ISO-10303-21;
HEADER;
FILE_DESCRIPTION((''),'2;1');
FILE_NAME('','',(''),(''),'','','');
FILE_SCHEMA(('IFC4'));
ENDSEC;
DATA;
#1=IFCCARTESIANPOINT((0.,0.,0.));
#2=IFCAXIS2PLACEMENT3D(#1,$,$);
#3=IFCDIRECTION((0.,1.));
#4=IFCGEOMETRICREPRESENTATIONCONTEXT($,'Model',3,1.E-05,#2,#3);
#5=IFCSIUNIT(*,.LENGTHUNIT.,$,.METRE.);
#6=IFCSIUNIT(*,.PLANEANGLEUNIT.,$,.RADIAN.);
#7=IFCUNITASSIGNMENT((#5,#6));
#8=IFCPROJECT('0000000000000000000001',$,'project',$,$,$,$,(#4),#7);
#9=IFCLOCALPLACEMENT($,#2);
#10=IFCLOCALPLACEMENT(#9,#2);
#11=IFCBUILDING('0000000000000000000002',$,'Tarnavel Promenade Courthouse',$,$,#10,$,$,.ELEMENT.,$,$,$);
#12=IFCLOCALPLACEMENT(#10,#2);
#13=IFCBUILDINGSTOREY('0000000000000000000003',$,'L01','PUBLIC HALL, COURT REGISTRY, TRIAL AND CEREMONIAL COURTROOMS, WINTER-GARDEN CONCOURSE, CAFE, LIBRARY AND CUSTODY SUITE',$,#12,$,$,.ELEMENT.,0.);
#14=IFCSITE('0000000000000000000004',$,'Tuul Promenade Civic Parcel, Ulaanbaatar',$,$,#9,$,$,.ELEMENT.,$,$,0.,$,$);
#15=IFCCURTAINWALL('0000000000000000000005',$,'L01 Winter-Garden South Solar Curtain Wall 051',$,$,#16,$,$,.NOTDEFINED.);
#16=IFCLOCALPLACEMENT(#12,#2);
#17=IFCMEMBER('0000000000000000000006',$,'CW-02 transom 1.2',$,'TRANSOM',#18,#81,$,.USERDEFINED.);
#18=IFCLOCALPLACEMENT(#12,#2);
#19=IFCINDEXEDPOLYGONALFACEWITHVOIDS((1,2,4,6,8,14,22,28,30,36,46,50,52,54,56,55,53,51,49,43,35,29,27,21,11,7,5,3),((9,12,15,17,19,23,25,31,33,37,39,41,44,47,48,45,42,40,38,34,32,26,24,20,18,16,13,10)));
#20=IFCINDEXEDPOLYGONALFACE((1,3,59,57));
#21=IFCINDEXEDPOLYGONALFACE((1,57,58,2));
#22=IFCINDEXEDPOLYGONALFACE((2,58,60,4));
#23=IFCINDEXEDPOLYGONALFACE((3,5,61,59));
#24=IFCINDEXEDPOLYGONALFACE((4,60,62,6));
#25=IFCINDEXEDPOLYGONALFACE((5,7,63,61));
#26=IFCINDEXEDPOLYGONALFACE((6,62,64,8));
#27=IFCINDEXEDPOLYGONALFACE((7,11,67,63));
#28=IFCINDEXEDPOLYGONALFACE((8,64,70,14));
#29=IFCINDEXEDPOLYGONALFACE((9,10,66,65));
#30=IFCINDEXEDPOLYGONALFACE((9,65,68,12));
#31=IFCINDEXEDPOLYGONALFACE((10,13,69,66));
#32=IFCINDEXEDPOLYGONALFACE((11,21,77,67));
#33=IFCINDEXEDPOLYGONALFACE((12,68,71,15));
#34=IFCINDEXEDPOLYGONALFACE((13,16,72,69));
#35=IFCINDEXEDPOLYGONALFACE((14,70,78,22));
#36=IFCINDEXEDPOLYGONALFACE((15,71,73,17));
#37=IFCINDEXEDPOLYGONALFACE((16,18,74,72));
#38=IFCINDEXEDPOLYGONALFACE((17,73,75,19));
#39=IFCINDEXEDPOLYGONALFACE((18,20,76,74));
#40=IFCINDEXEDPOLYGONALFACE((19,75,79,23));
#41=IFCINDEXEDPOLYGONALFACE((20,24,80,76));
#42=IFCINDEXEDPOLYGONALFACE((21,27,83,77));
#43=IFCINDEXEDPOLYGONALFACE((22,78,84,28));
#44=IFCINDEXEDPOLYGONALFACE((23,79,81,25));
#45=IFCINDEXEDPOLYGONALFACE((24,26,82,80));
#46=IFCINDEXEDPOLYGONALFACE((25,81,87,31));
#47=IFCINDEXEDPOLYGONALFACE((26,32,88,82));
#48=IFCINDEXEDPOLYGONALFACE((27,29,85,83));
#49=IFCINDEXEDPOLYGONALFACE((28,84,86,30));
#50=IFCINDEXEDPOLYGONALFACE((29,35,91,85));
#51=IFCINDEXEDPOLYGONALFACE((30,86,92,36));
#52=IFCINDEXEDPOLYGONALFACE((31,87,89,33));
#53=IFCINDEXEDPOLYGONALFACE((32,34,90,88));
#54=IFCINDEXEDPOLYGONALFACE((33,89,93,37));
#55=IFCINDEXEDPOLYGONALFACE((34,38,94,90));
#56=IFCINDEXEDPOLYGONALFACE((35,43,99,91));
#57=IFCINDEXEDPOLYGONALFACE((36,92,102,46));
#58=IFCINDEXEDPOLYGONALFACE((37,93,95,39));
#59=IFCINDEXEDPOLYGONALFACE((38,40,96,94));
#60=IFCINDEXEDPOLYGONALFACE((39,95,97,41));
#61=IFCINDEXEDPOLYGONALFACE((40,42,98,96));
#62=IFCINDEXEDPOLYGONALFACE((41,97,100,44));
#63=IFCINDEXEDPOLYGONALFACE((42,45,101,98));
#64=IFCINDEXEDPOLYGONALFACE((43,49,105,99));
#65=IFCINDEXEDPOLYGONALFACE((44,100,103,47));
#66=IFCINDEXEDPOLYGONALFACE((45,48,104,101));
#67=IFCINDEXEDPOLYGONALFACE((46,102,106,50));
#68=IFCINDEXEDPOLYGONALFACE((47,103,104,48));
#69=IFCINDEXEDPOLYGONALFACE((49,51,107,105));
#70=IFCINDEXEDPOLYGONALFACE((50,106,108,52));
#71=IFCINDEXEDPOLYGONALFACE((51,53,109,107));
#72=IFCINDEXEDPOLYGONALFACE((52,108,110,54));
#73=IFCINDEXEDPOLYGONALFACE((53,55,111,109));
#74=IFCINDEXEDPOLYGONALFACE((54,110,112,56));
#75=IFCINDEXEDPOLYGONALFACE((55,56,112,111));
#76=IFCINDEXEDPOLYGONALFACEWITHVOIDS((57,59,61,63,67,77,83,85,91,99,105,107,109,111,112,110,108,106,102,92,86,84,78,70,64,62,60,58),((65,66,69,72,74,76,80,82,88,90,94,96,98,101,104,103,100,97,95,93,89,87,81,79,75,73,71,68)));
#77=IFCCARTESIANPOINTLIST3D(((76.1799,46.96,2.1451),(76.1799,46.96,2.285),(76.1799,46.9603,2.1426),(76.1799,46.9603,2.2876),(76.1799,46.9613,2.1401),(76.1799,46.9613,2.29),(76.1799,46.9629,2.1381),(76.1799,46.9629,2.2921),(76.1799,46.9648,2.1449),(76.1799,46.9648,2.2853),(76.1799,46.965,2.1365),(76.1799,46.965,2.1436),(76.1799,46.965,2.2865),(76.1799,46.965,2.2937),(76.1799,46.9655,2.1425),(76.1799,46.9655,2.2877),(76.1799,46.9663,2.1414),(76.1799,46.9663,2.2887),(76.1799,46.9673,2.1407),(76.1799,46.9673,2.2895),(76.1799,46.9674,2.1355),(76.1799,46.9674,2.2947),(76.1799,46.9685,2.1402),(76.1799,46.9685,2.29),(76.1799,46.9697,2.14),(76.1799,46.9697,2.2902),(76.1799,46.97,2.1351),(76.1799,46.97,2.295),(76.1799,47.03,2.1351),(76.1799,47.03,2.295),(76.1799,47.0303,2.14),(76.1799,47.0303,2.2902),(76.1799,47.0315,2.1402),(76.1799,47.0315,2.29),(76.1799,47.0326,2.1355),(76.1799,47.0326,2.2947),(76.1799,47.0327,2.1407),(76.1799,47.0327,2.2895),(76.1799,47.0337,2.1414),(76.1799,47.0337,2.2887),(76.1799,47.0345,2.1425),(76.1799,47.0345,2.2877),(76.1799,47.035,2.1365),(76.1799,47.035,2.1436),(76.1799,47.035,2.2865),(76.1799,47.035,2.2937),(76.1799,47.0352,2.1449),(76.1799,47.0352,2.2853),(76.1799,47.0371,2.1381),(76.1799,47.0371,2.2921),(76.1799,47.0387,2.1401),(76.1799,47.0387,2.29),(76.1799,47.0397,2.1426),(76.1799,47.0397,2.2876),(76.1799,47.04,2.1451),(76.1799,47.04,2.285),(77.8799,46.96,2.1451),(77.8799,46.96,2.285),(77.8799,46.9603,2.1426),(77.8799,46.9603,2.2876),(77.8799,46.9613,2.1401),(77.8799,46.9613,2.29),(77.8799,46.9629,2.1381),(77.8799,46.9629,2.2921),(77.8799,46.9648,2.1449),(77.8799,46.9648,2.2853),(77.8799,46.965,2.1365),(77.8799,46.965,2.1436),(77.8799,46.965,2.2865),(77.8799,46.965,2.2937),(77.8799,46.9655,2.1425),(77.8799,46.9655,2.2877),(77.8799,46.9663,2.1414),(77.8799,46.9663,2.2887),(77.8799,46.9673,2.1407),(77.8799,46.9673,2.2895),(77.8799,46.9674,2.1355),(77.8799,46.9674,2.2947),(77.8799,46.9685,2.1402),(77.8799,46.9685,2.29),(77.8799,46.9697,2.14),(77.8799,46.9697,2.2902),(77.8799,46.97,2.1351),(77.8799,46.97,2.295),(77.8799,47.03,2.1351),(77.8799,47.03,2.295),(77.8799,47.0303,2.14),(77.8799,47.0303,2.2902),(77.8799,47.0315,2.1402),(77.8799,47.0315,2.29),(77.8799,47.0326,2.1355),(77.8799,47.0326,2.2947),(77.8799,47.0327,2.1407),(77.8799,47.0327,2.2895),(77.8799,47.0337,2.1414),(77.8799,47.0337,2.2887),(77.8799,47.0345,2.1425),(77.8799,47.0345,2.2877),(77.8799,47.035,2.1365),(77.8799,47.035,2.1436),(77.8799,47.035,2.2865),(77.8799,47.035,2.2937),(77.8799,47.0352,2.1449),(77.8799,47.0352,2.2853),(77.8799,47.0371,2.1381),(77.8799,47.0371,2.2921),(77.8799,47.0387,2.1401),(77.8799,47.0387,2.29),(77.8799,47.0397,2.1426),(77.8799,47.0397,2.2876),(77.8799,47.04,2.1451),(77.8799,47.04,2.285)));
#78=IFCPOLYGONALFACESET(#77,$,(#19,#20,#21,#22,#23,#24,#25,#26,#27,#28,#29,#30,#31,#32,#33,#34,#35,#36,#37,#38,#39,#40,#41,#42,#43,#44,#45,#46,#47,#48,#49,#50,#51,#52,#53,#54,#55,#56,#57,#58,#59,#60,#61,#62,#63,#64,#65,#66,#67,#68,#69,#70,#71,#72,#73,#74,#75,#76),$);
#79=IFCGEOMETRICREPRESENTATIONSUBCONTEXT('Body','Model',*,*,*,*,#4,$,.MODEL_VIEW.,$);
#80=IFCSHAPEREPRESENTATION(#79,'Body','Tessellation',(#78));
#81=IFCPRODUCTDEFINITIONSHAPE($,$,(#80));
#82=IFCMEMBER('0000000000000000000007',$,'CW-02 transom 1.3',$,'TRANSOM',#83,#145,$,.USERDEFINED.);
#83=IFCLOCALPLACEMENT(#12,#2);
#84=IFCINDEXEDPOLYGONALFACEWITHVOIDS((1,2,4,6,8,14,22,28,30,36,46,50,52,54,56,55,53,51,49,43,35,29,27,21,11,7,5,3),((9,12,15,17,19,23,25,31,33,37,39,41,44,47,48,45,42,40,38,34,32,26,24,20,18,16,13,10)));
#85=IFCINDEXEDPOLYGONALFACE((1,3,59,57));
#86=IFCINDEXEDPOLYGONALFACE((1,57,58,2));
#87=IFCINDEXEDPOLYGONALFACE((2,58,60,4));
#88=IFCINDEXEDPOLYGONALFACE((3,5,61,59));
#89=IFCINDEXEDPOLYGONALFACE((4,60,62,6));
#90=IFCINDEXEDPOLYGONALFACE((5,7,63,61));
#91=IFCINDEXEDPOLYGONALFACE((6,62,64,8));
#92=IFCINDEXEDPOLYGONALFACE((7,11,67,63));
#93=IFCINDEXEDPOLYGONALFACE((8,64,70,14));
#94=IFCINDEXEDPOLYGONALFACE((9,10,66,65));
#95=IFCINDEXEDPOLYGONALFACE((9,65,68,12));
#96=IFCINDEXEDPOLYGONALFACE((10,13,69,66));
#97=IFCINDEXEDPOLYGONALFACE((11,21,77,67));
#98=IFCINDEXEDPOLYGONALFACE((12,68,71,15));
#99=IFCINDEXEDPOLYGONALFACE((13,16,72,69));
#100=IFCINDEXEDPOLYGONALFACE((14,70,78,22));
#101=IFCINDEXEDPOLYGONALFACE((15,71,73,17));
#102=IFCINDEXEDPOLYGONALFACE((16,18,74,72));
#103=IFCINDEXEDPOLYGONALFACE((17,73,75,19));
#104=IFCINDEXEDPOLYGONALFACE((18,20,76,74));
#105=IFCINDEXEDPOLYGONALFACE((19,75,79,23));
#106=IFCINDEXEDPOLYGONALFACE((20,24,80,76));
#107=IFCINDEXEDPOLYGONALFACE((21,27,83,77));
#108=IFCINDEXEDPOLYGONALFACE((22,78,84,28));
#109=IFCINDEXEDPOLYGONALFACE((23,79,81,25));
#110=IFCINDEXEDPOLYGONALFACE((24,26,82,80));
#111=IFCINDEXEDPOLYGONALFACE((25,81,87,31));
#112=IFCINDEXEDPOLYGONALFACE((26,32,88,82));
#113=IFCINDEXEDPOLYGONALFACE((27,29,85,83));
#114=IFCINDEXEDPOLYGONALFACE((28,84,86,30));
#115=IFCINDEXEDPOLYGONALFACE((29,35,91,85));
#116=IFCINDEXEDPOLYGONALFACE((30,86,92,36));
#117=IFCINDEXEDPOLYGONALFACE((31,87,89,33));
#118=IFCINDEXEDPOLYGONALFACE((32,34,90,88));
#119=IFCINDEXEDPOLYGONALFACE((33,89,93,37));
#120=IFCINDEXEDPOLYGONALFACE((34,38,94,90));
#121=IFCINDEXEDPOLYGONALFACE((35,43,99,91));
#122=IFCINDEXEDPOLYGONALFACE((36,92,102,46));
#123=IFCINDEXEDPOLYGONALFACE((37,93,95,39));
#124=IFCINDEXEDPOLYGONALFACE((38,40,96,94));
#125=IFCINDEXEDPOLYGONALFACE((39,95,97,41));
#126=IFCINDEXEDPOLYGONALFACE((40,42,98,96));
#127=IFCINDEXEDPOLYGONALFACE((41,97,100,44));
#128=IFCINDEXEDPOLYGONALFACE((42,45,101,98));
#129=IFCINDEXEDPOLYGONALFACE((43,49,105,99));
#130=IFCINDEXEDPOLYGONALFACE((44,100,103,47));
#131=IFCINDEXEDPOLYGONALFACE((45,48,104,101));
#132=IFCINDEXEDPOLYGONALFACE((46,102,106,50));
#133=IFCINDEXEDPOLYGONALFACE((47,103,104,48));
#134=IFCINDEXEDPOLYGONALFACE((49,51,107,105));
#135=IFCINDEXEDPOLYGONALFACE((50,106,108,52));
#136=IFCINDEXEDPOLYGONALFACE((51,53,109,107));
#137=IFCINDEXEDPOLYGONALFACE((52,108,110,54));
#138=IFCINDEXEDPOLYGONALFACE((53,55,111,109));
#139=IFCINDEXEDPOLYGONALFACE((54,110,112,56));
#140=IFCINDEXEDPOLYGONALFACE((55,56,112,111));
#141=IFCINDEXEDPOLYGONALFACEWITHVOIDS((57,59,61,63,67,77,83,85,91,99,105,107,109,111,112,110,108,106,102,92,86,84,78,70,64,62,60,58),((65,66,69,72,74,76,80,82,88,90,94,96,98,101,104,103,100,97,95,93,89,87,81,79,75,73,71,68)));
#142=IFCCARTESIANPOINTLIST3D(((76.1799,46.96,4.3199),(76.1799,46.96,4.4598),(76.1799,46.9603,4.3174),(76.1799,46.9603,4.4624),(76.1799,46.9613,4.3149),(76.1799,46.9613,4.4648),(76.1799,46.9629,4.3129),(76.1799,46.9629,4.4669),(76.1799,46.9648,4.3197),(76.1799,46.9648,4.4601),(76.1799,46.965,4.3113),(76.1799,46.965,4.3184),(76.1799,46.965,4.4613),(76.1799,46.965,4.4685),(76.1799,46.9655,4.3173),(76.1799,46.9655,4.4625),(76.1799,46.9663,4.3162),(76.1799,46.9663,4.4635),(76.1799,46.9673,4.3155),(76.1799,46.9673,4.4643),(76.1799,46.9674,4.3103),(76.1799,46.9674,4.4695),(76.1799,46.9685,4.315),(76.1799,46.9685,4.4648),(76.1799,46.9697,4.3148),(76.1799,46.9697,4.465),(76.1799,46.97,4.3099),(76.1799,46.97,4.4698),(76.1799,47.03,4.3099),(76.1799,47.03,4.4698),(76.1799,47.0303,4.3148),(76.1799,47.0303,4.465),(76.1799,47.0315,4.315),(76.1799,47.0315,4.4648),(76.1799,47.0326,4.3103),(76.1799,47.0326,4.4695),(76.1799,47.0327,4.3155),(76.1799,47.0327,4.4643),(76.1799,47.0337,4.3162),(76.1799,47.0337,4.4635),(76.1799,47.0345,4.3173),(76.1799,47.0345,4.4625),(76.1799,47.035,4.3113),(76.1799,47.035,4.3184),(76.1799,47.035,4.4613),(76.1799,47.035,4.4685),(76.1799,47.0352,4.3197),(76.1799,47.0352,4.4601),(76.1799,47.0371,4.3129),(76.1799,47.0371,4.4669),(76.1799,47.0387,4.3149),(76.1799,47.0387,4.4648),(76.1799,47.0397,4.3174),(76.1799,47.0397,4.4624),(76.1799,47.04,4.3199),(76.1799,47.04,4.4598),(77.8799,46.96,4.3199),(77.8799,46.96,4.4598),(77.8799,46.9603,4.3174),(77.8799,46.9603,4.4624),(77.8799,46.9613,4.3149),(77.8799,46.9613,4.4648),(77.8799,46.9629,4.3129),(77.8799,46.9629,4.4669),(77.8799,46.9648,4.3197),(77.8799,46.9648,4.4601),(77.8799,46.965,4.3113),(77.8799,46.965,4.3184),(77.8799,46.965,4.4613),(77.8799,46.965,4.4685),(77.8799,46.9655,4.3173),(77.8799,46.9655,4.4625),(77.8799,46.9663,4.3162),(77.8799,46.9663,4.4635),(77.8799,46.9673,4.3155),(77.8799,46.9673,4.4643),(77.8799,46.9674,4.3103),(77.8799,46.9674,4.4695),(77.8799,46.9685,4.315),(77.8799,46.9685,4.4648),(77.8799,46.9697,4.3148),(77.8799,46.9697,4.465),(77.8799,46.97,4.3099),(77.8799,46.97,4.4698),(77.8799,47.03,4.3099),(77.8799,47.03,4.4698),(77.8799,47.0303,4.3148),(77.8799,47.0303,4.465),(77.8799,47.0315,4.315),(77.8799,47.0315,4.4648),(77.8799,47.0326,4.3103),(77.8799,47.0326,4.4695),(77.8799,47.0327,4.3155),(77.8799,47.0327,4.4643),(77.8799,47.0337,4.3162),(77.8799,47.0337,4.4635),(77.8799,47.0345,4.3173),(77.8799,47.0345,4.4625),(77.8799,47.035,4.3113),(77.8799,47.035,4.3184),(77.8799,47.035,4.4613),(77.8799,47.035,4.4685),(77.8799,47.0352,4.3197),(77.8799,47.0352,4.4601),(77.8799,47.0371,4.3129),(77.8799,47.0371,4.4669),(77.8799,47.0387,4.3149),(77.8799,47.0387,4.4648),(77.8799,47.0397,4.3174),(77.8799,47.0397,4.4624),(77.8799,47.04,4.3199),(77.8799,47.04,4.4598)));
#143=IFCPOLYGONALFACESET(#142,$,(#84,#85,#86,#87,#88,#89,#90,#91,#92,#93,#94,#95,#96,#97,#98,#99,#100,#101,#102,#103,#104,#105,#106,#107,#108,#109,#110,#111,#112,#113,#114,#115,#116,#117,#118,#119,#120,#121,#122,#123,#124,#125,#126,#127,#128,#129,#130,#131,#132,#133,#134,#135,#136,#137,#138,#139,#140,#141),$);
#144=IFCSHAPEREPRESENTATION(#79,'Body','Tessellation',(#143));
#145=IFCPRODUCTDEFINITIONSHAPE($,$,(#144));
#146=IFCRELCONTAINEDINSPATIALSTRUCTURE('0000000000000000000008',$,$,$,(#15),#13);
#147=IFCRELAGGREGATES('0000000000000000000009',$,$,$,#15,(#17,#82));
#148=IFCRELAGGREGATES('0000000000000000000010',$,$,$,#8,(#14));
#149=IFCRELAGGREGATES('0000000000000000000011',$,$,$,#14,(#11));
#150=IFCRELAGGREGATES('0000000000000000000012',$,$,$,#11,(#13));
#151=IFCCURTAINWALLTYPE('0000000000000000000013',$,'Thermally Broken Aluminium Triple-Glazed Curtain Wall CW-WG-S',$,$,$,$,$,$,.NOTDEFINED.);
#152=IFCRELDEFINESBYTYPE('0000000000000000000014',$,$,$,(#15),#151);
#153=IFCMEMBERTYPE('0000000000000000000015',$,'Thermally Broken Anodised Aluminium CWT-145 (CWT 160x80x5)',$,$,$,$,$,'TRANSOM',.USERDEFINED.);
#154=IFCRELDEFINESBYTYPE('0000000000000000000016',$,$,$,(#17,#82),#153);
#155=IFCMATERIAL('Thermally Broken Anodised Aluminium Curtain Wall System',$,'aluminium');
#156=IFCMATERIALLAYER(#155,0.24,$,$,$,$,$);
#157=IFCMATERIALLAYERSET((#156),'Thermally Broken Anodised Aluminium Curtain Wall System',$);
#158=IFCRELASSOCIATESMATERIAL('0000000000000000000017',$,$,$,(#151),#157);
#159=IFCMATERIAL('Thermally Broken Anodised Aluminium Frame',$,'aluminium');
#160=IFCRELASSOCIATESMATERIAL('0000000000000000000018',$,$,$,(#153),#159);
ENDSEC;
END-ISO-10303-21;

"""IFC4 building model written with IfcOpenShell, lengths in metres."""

from ifc_helpers import new_model, si_unit, direction, frame, origin, origin_2d, place, context, subcontext, project, spatial, hollow_rectangle, extrude, material, layer, layer_set, material_profile, profile_set, type_object, element, aggregate, save


model = new_model("IFC4")

# Units and contexts
model_context = context("Model", 3, precision=1e-05, world=origin(), true_north=direction((0.0, 1.0)))
body_context = subcontext(model_context, "Body", "Model", "MODEL_VIEW")
ifc_project = project(units=[si_unit("LENGTHUNIT", "METRE"), si_unit("PLANEANGLEUNIT", "RADIAN")], contexts=[model_context])

# Site, building, storey
site_placement = place(None, origin())
site = spatial("IfcSite", under=ifc_project, at=site_placement, Name="Tuul Promenade Civic Parcel, Ulaanbaatar", CompositionType="ELEMENT", RefElevation=0.0)
building_placement = place(site_placement, origin())
building = spatial("IfcBuilding", under=site, at=building_placement, Name="Tarnavel Promenade Courthouse", CompositionType="ELEMENT")
storey_placement = place(building_placement, origin())
storey = spatial("IfcBuildingStorey", under=building, at=storey_placement, Name="L01", Description="PUBLIC HALL, COURT REGISTRY, TRIAL AND CEREMONIAL COURTROOMS, WINTER-GARDEN CONCOURSE, CAFE, LIBRARY AND CUSTODY SUITE", CompositionType="ELEMENT", Elevation=0.0)

# Shared definitions
ifc_material_1 = material(Name="Thermally Broken Anodised Aluminium Curtain Wall System", Category="aluminium")
ifc_layer_1 = layer(ifc_material_1, 0.24)
ifc_layer_set_1 = layer_set([ifc_layer_1], Name="Thermally Broken Anodised Aluminium Curtain Wall System")
curtain_wall_type = type_object("IfcCurtainWallType", Name="Thermally Broken Aluminium Triple-Glazed Curtain Wall CW-WG-S", PredefinedType="NOTDEFINED", material=ifc_layer_set_1)
ifc_material_2 = material(Name="Thermally Broken Anodised Aluminium Frame", Category="aluminium")

# Curtain wall
curtain_wall_1_placement = place(storey_placement, origin())
curtain_wall_1 = element("IfcCurtainWall", 1, at=curtain_wall_1_placement, inside=storey, type_object=curtain_wall_type, Name="L01 Winter-Garden South Solar Curtain Wall 051", PredefinedType="NOTDEFINED")

# Members
ifc_material_profile_1 = material_profile(ifc_material_2, hollow_rectangle(XDim=0.0801, YDim=0.1599, WallThickness=0.0049, InnerFilletRadius=0.0049, OuterFilletRadius=0.01, at=origin_2d()), Name="CWT 160x80x5")
ifc_profile_set_1 = profile_set([ifc_material_profile_1], Name="Thermally Broken Anodised Aluminium Frame")
member_type_1 = type_object("IfcMemberType", Name="Thermally Broken Anodised Aluminium CWT-145 (CWT 160x80x5)", ElementType="TRANSOM", PredefinedType="USERDEFINED", material=ifc_profile_set_1)
member_1_placement = place(storey_placement, frame((76.1799, 47.0, 2.2151), z_axis=(1.0, 0.0, 0.0), x_axis=(0.0, 1.0, 0.0)))
member_1 = element("IfcMember", 2, at=member_1_placement, type_object=member_type_1, Name="CW-02 transom 1.2", ObjectType="TRANSOM", PredefinedType="USERDEFINED", context=body_context, shape_type="SweptSolid", body=[
    extrude(hollow_rectangle(XDim=0.0801, YDim=0.1599, WallThickness=0.0049, InnerFilletRadius=0.0049, OuterFilletRadius=0.01, at=origin_2d()), origin(), (0.0, 0.0, 1.0), 1.7),
])
member_2_placement = place(storey_placement, frame((76.1799, 47.0, 4.3899), z_axis=(1.0, 0.0, 0.0), x_axis=(0.0, 1.0, 0.0)))
member_2 = element("IfcMember", 3, at=member_2_placement, type_object=member_type_1, Name="CW-02 transom 1.3", ObjectType="TRANSOM", PredefinedType="USERDEFINED", context=body_context, shape_type="SweptSolid", body=[
    extrude(hollow_rectangle(XDim=0.0801, YDim=0.1599, WallThickness=0.0049, InnerFilletRadius=0.0049, OuterFilletRadius=0.01, at=origin_2d()), origin(), (0.0, 0.0, 1.0), 1.7),
])

aggregate(curtain_wall_1, [member_1, member_2])

save(model, "model.ifc")
